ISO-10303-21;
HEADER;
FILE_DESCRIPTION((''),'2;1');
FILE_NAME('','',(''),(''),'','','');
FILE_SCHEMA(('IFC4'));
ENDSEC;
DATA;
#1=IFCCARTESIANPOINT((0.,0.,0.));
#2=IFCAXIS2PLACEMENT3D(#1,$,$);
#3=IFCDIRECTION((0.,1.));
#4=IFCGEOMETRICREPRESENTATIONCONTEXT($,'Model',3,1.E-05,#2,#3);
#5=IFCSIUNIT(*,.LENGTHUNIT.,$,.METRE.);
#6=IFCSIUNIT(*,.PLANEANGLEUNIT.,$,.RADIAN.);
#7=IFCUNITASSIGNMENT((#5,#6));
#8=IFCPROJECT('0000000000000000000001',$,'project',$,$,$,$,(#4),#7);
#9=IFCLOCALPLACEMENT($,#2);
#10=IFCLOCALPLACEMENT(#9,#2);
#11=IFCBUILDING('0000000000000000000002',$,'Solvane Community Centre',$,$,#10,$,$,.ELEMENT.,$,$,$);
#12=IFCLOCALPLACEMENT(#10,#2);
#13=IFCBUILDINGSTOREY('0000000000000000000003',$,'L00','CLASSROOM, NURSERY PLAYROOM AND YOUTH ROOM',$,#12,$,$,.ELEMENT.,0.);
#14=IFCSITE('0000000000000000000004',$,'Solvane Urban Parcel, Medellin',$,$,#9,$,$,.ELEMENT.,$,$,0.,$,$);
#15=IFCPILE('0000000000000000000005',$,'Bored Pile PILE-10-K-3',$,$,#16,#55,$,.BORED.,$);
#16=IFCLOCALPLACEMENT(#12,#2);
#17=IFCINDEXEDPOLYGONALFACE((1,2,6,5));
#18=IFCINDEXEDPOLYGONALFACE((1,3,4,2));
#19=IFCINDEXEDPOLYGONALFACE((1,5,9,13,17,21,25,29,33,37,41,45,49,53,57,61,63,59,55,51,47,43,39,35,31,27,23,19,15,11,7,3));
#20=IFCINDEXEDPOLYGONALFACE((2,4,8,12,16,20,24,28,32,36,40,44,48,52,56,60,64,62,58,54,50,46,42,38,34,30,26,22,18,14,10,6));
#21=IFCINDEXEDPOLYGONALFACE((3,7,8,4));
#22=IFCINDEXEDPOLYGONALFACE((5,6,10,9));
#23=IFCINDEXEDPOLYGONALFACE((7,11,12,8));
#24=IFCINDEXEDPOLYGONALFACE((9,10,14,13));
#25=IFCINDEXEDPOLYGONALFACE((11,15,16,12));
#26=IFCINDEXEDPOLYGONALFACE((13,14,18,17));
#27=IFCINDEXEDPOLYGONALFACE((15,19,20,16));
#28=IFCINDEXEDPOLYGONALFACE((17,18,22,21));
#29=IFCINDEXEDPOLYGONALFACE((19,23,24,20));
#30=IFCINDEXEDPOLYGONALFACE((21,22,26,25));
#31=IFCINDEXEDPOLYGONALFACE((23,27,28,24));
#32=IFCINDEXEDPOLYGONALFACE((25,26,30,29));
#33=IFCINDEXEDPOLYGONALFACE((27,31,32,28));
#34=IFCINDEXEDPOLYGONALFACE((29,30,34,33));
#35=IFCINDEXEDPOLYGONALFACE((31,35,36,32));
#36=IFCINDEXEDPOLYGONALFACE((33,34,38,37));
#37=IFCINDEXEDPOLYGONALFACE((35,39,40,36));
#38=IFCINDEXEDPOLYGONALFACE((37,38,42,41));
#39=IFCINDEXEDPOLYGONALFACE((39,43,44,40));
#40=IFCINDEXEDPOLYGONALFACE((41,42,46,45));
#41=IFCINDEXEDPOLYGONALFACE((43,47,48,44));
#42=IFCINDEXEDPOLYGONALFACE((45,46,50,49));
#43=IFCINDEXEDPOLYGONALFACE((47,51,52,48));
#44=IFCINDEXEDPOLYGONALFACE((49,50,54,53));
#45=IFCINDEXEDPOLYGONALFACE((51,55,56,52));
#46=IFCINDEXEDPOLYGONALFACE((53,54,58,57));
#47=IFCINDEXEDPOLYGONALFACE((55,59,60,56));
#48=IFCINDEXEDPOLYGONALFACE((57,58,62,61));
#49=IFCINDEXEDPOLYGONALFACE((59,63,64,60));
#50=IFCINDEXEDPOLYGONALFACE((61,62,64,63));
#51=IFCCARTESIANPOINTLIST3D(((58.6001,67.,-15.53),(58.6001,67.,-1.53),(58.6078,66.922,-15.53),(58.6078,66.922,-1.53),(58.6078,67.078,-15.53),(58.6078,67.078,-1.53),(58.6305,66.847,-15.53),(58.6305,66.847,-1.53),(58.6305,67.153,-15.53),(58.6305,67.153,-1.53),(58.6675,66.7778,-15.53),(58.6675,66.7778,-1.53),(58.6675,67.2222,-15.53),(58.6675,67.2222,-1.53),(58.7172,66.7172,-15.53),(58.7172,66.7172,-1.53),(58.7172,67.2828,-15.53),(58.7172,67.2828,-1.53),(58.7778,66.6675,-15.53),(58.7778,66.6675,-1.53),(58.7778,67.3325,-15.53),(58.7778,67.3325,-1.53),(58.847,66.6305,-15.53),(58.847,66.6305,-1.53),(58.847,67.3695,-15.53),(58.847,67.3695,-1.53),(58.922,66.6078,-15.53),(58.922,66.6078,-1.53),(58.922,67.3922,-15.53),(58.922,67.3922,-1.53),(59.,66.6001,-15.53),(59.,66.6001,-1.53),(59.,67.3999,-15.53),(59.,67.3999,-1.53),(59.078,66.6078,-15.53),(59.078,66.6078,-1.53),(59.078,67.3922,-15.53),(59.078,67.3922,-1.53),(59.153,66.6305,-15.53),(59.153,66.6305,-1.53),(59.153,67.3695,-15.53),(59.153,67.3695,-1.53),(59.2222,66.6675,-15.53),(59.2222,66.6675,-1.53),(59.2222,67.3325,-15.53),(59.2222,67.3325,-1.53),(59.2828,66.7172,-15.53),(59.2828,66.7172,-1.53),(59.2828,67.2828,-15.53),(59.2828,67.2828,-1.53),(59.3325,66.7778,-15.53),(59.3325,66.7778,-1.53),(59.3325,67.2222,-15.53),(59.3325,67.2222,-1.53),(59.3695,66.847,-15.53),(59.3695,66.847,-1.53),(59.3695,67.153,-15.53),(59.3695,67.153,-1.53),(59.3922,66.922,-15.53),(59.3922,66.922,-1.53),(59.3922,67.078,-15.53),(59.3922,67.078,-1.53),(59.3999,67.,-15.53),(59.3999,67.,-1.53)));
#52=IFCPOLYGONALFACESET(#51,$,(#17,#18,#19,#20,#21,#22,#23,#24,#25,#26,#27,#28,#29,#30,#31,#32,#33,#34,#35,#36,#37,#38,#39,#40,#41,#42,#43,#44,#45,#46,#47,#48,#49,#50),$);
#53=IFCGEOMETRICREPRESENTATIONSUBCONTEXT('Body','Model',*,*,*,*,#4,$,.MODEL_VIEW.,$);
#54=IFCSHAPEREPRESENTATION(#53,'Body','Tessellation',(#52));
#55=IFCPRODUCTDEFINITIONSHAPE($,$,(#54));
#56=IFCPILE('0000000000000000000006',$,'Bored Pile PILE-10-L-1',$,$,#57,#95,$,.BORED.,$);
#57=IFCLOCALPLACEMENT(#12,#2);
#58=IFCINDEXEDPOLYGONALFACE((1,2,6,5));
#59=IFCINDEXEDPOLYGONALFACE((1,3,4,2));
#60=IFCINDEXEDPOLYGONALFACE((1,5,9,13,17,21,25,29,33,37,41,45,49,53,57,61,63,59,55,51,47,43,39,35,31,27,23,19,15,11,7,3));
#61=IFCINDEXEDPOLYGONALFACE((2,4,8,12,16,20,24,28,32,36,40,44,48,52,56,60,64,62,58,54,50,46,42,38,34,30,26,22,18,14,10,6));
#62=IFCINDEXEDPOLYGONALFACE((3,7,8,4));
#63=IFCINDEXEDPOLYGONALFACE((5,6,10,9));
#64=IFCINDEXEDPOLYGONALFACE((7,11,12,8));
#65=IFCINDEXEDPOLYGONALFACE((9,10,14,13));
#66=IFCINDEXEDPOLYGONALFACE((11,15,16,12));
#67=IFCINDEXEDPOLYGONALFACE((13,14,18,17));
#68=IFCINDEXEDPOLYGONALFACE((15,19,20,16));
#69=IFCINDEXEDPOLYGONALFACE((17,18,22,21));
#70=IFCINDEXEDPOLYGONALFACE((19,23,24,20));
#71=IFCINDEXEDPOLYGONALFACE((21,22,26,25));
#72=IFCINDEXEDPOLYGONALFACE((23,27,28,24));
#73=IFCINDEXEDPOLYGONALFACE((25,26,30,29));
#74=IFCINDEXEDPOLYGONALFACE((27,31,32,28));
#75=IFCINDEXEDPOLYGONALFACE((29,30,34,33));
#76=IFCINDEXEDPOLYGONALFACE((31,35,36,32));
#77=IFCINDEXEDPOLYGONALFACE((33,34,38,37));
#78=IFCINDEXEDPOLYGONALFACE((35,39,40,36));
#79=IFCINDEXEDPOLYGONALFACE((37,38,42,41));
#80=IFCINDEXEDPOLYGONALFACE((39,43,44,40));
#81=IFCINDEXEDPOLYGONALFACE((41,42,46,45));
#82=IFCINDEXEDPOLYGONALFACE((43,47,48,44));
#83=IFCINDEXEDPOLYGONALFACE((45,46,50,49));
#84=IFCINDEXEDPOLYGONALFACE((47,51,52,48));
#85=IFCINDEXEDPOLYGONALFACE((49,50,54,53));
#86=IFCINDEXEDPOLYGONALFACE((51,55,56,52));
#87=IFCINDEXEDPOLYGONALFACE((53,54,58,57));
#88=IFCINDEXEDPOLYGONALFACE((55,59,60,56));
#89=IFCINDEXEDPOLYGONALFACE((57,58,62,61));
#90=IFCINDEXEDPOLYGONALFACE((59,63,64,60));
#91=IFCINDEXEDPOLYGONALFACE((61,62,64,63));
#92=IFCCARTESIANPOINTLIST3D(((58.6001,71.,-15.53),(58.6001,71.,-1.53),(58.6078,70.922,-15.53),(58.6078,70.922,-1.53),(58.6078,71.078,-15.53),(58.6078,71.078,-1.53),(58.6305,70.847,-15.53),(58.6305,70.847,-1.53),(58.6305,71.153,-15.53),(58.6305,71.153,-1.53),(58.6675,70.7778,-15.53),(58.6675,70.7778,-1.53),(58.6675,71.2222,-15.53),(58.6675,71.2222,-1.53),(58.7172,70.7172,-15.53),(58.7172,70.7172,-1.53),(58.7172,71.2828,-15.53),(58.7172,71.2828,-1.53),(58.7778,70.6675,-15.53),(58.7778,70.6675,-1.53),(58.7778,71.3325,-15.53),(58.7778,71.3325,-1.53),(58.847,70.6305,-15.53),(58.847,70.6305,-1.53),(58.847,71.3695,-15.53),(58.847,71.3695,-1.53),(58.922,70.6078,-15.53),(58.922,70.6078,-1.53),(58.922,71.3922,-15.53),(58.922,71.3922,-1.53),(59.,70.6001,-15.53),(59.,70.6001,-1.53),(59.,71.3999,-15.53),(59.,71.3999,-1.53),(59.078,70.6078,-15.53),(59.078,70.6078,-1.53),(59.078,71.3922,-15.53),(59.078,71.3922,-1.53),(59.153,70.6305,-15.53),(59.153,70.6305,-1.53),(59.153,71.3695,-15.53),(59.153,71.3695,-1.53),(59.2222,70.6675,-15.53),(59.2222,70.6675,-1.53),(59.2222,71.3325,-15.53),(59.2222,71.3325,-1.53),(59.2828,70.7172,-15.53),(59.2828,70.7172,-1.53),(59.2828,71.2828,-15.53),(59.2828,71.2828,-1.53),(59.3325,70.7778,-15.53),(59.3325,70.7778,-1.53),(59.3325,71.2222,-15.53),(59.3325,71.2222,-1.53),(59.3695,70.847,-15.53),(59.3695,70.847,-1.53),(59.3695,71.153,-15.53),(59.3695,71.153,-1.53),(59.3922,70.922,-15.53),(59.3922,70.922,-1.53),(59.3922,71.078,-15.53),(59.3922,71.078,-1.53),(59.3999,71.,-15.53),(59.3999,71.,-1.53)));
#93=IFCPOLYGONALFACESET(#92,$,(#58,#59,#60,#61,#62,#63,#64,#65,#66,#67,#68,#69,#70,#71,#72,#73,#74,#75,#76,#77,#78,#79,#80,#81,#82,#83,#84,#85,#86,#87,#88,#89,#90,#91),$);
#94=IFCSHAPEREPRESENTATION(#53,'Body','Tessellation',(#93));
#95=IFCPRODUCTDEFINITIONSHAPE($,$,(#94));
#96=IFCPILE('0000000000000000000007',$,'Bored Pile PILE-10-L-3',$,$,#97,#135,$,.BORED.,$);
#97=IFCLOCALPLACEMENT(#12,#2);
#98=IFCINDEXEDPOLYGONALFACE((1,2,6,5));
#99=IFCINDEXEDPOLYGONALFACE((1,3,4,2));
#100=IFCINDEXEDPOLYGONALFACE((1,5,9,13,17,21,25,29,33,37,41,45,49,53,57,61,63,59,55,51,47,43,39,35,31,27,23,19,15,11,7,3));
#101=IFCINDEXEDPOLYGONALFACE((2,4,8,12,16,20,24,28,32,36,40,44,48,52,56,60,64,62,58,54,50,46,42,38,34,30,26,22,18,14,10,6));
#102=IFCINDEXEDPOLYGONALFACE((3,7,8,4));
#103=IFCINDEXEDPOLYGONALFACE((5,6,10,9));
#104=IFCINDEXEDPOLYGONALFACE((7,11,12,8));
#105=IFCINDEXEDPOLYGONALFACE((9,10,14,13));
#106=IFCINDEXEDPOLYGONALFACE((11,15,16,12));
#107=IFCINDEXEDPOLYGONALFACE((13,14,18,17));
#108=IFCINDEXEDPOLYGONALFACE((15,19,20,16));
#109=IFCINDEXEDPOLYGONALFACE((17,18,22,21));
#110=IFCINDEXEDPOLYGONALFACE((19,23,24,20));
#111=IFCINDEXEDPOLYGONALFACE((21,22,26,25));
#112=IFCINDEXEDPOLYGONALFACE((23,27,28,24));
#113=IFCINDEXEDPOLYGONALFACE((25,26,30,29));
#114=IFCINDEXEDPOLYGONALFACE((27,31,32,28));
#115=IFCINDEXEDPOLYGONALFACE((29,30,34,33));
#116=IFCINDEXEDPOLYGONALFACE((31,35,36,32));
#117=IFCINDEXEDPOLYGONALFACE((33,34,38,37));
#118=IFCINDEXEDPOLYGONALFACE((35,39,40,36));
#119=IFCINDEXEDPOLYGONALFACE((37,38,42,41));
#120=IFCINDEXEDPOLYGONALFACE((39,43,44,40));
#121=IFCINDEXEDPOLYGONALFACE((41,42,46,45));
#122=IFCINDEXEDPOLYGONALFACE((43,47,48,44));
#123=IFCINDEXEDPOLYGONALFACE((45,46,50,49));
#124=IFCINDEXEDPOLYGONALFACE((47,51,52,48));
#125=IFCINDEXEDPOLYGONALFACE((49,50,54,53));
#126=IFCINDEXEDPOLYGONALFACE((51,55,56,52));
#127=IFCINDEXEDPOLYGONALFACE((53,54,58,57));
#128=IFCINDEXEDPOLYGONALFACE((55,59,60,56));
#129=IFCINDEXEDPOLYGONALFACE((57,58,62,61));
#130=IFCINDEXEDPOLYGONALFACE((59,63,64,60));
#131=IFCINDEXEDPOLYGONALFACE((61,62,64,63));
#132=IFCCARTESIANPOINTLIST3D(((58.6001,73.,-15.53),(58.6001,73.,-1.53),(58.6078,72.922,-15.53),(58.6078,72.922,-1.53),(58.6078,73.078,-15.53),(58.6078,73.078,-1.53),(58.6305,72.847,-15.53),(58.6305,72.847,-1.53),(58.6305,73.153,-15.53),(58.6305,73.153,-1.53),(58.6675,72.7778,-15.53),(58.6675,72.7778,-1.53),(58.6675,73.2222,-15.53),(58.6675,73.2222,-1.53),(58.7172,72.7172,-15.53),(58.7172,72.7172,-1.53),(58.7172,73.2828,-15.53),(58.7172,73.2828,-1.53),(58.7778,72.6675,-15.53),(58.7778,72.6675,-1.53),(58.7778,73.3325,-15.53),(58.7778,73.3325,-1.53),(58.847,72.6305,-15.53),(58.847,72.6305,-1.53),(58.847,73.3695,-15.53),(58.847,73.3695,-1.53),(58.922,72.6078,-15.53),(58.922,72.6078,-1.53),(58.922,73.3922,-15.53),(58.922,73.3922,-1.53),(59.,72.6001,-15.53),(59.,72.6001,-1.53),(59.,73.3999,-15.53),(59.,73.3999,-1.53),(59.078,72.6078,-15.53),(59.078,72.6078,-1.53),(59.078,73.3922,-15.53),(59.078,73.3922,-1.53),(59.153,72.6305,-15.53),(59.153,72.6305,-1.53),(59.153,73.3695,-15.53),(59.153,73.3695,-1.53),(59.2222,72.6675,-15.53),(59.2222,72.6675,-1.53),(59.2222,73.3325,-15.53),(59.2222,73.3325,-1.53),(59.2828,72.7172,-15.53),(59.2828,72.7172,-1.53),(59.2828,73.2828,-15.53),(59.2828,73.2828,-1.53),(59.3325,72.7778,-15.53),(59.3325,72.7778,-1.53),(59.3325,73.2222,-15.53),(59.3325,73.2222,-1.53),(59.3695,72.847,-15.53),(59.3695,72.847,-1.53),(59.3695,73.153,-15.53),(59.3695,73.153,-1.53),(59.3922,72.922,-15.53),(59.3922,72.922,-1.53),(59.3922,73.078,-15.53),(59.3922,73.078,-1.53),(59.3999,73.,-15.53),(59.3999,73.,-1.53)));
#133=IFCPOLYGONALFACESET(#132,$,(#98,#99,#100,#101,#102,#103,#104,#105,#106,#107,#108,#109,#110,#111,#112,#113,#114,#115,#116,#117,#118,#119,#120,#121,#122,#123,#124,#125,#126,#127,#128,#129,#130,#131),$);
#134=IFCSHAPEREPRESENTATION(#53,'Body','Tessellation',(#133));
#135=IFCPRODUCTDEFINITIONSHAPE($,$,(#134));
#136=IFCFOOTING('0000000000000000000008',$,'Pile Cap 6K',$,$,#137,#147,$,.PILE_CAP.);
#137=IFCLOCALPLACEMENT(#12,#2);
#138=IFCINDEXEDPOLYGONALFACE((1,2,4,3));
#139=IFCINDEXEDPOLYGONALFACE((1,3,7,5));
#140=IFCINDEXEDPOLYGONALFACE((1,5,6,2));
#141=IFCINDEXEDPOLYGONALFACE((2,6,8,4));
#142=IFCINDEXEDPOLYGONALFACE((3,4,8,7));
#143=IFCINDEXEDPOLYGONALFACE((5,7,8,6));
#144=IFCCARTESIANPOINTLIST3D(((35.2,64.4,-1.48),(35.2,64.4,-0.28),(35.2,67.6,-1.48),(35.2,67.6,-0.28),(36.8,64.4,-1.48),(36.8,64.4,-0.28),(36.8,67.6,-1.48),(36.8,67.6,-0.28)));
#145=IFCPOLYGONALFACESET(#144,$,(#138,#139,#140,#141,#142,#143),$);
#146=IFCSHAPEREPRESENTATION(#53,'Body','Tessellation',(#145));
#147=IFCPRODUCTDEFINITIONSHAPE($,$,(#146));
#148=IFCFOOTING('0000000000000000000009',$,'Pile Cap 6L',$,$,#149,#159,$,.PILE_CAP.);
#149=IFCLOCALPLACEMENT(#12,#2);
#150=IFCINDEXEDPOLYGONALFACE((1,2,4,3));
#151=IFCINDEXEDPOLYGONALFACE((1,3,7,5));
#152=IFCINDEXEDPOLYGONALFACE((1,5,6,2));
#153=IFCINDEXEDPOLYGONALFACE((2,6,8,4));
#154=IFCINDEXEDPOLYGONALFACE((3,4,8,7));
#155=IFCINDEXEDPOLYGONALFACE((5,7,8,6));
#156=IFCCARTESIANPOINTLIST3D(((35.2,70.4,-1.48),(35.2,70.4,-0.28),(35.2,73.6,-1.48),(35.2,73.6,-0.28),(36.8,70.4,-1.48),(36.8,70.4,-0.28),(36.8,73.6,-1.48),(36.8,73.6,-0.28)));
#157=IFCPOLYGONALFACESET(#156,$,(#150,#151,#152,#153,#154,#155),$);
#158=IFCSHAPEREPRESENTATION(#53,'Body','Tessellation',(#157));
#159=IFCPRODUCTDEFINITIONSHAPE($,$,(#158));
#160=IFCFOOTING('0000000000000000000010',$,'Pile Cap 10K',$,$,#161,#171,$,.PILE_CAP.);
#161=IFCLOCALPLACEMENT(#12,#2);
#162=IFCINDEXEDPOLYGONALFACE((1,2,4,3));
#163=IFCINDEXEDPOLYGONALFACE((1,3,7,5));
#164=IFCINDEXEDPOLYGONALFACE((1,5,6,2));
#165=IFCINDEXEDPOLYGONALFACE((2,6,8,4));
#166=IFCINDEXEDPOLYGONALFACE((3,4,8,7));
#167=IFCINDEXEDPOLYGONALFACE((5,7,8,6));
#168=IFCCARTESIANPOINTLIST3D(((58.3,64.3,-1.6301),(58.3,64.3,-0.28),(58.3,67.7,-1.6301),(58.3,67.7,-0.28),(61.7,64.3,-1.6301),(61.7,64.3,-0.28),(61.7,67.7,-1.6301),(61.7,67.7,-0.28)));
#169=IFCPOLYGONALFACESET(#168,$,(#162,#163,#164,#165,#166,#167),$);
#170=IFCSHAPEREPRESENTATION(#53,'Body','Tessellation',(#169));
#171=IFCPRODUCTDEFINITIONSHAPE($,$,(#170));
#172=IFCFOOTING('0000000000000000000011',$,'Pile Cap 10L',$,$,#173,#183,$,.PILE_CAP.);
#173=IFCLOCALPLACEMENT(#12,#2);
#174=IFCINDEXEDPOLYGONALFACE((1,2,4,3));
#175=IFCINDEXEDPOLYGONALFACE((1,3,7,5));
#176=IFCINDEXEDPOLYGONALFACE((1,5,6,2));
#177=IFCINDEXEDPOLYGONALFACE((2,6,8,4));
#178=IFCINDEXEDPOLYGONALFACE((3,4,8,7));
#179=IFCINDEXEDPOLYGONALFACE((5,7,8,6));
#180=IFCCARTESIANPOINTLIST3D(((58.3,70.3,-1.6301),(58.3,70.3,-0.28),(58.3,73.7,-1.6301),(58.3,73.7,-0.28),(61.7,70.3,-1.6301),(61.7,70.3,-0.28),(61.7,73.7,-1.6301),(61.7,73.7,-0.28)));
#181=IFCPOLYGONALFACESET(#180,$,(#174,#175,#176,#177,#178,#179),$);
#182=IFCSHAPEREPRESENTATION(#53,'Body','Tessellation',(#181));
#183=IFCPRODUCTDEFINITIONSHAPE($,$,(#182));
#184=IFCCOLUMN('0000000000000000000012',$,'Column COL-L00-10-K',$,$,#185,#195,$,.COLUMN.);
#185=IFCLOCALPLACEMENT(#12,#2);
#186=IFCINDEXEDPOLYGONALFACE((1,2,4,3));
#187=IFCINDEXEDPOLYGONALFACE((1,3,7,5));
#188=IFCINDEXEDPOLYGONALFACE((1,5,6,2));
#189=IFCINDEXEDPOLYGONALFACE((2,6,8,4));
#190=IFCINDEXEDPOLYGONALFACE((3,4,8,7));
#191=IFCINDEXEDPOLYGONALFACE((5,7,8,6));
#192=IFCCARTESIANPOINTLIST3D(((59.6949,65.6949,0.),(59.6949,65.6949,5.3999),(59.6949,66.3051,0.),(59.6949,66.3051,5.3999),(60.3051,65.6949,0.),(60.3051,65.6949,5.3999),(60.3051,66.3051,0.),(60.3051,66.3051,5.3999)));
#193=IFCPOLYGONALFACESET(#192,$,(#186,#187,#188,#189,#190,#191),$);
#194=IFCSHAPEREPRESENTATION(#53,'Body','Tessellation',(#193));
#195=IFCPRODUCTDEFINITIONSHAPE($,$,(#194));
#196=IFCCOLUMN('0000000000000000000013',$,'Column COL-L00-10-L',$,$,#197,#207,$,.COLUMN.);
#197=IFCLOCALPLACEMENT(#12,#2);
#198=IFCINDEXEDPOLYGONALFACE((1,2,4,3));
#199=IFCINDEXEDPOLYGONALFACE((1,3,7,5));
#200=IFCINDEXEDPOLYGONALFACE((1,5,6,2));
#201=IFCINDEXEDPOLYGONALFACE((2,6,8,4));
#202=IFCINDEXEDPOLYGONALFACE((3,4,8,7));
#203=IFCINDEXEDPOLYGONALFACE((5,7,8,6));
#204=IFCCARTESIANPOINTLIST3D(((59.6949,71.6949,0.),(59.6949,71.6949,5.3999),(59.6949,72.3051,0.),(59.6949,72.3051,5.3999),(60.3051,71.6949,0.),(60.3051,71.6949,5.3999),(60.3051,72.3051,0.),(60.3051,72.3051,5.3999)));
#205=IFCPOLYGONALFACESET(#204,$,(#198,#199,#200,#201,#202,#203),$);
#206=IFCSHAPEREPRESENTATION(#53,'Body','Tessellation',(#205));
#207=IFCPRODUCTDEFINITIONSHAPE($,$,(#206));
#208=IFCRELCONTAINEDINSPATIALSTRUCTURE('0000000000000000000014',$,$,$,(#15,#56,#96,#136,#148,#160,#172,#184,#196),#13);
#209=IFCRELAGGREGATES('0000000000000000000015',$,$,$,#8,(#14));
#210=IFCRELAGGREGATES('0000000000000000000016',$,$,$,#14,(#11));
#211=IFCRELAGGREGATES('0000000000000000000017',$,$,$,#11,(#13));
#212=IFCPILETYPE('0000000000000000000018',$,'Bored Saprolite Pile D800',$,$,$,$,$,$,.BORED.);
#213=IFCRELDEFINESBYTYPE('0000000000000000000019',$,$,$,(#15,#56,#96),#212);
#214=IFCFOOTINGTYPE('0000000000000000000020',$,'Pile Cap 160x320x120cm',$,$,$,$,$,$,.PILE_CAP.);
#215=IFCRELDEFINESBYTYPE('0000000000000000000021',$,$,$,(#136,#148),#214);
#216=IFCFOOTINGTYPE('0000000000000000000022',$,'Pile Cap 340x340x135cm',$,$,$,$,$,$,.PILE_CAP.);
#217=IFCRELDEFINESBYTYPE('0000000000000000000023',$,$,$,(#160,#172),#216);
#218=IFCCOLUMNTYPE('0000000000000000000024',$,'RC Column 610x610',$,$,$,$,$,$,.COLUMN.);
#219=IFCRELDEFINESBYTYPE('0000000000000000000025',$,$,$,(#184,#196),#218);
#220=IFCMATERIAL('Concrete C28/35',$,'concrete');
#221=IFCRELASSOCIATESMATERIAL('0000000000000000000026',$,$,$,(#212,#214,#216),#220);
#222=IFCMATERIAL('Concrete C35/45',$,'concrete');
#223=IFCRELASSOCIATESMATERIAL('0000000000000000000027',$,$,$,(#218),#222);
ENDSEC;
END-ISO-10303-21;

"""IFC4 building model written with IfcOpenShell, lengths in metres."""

from ifc_helpers import new_model, si_unit, direction, frame, origin, origin_2d, place, context, subcontext, project, spatial, rectangle, circle, extrude, material, material_profile, profile_set, type_object, element, save


model = new_model("IFC4")

# Units and contexts
model_context = context("Model", 3, precision=1e-05, world=origin(), true_north=direction((0.0, 1.0)))
body_context = subcontext(model_context, "Body", "Model", "MODEL_VIEW")
ifc_project = project(units=[si_unit("LENGTHUNIT", "METRE"), si_unit("PLANEANGLEUNIT", "RADIAN")], contexts=[model_context])

# Site, building, storey
site_placement = place(None, origin())
site = spatial("IfcSite", under=ifc_project, at=site_placement, Name="Solvane Urban Parcel, Medellin", CompositionType="ELEMENT", RefElevation=0.0)
building_placement = place(site_placement, origin())
building = spatial("IfcBuilding", under=site, at=building_placement, Name="Solvane Community Centre", CompositionType="ELEMENT")
storey_placement = place(building_placement, origin())
storey = spatial("IfcBuildingStorey", under=building, at=storey_placement, Name="L00", Description="CLASSROOM, NURSERY PLAYROOM AND YOUTH ROOM", CompositionType="ELEMENT", Elevation=0.0)

# Piles
ifc_material_1 = material(Name="Concrete C28/35", Category="concrete")
ifc_material_profile_1 = material_profile(ifc_material_1, circle(Radius=0.3999, at=origin_2d()), Name="PILE D800")
ifc_profile_set_1 = profile_set([ifc_material_profile_1], Name="Concrete C28/35")
pile_type = type_object("IfcPileType", Name="Bored Saprolite Pile D800", PredefinedType="BORED", material=ifc_profile_set_1)
for number, where, z_axis, x_axis, name in (
    (1, (59.0, 67.0, -1.53), (0.0, 0.0, -1.0), (1.0, 0.0, 0.0), "Bored Pile PILE-10-K-3"),
    (2, (59.0, 71.0, -1.53), (0.0, 0.0, -1.0), (1.0, 0.0, 0.0), "Bored Pile PILE-10-L-1"),
    (3, (59.0, 73.0, -1.53), (0.0, 0.0, -1.0), (1.0, 0.0, 0.0), "Bored Pile PILE-10-L-3"),
):
    element("IfcPile", number, at=place(storey_placement, frame(where, z_axis=z_axis, x_axis=x_axis)), inside=storey, type_object=pile_type, Name=name, PredefinedType="BORED", context=body_context, shape_type="SweptSolid", body=[
        extrude(circle(Radius=0.3999, at=origin_2d()), origin(), (0.0, 0.0, 1.0), 14.0),
    ])

# Footings
footing_type_1 = type_object("IfcFootingType", Name="Pile Cap 160x320x120cm", PredefinedType="PILE_CAP", material=ifc_material_1)
for number, where, z_axis, x_axis, name in (
    (4, (36.0, 66.0, -1.48), (0.0, 0.0, 1.0), (1.0, 0.0, 0.0), "Pile Cap 6K"),
    (5, (36.0, 72.0, -1.48), (0.0, 0.0, 1.0), (1.0, 0.0, 0.0), "Pile Cap 6L"),
):
    element("IfcFooting", number, at=place(storey_placement, frame(where, z_axis=z_axis, x_axis=x_axis)), inside=storey, type_object=footing_type_1, Name=name, PredefinedType="PILE_CAP", context=body_context, shape_type="SweptSolid", body=[
        extrude(rectangle(XDim=1.6001, YDim=3.2, at=origin_2d()), origin(), (0.0, 0.0, 1.0), 1.2),
    ])
footing_type_2 = type_object("IfcFootingType", Name="Pile Cap 340x340x135cm", PredefinedType="PILE_CAP", material=ifc_material_1)
for number, where, z_axis, x_axis, name in (
    (6, (60.0, 66.0, -1.6301), (0.0, 0.0, 1.0), (1.0, 0.0, 0.0), "Pile Cap 10K"),
    (7, (60.0, 72.0, -1.6301), (0.0, 0.0, 1.0), (1.0, 0.0, 0.0), "Pile Cap 10L"),
):
    element("IfcFooting", number, at=place(storey_placement, frame(where, z_axis=z_axis, x_axis=x_axis)), inside=storey, type_object=footing_type_2, Name=name, PredefinedType="PILE_CAP", context=body_context, shape_type="SweptSolid", body=[
        extrude(rectangle(XDim=3.3999, YDim=3.3999, at=origin_2d()), origin(), (0.0, 0.0, 1.0), 1.3501),
    ])

# Columns
ifc_material_2 = material(Name="Concrete C35/45", Category="concrete")
ifc_material_profile_2 = material_profile(ifc_material_2, rectangle(XDim=0.6101, YDim=0.6101, at=origin_2d()), Name="RC 610x610")
ifc_profile_set_2 = profile_set([ifc_material_profile_2], Name="Concrete C35/45")
column_type_1 = type_object("IfcColumnType", Name="RC Column 610x610", PredefinedType="COLUMN", material=ifc_profile_set_2)
for number, where, z_axis, x_axis, name in (
    (8, (60.0, 66.0, 0.0), (0.0, 0.0, 1.0), (1.0, 0.0, 0.0), "Column COL-L00-10-K"),
    (9, (60.0, 72.0, 0.0), (0.0, 0.0, 1.0), (1.0, 0.0, 0.0), "Column COL-L00-10-L"),
):
    element("IfcColumn", number, at=place(storey_placement, frame(where, z_axis=z_axis, x_axis=x_axis)), inside=storey, type_object=column_type_1, Name=name, PredefinedType="COLUMN", context=body_context, shape_type="SweptSolid", body=[
        extrude(rectangle(XDim=0.6101, YDim=0.6101, at=origin_2d()), origin(), (0.0, 0.0, 1.0), 5.3999),
    ])

save(model, "model.ifc")
